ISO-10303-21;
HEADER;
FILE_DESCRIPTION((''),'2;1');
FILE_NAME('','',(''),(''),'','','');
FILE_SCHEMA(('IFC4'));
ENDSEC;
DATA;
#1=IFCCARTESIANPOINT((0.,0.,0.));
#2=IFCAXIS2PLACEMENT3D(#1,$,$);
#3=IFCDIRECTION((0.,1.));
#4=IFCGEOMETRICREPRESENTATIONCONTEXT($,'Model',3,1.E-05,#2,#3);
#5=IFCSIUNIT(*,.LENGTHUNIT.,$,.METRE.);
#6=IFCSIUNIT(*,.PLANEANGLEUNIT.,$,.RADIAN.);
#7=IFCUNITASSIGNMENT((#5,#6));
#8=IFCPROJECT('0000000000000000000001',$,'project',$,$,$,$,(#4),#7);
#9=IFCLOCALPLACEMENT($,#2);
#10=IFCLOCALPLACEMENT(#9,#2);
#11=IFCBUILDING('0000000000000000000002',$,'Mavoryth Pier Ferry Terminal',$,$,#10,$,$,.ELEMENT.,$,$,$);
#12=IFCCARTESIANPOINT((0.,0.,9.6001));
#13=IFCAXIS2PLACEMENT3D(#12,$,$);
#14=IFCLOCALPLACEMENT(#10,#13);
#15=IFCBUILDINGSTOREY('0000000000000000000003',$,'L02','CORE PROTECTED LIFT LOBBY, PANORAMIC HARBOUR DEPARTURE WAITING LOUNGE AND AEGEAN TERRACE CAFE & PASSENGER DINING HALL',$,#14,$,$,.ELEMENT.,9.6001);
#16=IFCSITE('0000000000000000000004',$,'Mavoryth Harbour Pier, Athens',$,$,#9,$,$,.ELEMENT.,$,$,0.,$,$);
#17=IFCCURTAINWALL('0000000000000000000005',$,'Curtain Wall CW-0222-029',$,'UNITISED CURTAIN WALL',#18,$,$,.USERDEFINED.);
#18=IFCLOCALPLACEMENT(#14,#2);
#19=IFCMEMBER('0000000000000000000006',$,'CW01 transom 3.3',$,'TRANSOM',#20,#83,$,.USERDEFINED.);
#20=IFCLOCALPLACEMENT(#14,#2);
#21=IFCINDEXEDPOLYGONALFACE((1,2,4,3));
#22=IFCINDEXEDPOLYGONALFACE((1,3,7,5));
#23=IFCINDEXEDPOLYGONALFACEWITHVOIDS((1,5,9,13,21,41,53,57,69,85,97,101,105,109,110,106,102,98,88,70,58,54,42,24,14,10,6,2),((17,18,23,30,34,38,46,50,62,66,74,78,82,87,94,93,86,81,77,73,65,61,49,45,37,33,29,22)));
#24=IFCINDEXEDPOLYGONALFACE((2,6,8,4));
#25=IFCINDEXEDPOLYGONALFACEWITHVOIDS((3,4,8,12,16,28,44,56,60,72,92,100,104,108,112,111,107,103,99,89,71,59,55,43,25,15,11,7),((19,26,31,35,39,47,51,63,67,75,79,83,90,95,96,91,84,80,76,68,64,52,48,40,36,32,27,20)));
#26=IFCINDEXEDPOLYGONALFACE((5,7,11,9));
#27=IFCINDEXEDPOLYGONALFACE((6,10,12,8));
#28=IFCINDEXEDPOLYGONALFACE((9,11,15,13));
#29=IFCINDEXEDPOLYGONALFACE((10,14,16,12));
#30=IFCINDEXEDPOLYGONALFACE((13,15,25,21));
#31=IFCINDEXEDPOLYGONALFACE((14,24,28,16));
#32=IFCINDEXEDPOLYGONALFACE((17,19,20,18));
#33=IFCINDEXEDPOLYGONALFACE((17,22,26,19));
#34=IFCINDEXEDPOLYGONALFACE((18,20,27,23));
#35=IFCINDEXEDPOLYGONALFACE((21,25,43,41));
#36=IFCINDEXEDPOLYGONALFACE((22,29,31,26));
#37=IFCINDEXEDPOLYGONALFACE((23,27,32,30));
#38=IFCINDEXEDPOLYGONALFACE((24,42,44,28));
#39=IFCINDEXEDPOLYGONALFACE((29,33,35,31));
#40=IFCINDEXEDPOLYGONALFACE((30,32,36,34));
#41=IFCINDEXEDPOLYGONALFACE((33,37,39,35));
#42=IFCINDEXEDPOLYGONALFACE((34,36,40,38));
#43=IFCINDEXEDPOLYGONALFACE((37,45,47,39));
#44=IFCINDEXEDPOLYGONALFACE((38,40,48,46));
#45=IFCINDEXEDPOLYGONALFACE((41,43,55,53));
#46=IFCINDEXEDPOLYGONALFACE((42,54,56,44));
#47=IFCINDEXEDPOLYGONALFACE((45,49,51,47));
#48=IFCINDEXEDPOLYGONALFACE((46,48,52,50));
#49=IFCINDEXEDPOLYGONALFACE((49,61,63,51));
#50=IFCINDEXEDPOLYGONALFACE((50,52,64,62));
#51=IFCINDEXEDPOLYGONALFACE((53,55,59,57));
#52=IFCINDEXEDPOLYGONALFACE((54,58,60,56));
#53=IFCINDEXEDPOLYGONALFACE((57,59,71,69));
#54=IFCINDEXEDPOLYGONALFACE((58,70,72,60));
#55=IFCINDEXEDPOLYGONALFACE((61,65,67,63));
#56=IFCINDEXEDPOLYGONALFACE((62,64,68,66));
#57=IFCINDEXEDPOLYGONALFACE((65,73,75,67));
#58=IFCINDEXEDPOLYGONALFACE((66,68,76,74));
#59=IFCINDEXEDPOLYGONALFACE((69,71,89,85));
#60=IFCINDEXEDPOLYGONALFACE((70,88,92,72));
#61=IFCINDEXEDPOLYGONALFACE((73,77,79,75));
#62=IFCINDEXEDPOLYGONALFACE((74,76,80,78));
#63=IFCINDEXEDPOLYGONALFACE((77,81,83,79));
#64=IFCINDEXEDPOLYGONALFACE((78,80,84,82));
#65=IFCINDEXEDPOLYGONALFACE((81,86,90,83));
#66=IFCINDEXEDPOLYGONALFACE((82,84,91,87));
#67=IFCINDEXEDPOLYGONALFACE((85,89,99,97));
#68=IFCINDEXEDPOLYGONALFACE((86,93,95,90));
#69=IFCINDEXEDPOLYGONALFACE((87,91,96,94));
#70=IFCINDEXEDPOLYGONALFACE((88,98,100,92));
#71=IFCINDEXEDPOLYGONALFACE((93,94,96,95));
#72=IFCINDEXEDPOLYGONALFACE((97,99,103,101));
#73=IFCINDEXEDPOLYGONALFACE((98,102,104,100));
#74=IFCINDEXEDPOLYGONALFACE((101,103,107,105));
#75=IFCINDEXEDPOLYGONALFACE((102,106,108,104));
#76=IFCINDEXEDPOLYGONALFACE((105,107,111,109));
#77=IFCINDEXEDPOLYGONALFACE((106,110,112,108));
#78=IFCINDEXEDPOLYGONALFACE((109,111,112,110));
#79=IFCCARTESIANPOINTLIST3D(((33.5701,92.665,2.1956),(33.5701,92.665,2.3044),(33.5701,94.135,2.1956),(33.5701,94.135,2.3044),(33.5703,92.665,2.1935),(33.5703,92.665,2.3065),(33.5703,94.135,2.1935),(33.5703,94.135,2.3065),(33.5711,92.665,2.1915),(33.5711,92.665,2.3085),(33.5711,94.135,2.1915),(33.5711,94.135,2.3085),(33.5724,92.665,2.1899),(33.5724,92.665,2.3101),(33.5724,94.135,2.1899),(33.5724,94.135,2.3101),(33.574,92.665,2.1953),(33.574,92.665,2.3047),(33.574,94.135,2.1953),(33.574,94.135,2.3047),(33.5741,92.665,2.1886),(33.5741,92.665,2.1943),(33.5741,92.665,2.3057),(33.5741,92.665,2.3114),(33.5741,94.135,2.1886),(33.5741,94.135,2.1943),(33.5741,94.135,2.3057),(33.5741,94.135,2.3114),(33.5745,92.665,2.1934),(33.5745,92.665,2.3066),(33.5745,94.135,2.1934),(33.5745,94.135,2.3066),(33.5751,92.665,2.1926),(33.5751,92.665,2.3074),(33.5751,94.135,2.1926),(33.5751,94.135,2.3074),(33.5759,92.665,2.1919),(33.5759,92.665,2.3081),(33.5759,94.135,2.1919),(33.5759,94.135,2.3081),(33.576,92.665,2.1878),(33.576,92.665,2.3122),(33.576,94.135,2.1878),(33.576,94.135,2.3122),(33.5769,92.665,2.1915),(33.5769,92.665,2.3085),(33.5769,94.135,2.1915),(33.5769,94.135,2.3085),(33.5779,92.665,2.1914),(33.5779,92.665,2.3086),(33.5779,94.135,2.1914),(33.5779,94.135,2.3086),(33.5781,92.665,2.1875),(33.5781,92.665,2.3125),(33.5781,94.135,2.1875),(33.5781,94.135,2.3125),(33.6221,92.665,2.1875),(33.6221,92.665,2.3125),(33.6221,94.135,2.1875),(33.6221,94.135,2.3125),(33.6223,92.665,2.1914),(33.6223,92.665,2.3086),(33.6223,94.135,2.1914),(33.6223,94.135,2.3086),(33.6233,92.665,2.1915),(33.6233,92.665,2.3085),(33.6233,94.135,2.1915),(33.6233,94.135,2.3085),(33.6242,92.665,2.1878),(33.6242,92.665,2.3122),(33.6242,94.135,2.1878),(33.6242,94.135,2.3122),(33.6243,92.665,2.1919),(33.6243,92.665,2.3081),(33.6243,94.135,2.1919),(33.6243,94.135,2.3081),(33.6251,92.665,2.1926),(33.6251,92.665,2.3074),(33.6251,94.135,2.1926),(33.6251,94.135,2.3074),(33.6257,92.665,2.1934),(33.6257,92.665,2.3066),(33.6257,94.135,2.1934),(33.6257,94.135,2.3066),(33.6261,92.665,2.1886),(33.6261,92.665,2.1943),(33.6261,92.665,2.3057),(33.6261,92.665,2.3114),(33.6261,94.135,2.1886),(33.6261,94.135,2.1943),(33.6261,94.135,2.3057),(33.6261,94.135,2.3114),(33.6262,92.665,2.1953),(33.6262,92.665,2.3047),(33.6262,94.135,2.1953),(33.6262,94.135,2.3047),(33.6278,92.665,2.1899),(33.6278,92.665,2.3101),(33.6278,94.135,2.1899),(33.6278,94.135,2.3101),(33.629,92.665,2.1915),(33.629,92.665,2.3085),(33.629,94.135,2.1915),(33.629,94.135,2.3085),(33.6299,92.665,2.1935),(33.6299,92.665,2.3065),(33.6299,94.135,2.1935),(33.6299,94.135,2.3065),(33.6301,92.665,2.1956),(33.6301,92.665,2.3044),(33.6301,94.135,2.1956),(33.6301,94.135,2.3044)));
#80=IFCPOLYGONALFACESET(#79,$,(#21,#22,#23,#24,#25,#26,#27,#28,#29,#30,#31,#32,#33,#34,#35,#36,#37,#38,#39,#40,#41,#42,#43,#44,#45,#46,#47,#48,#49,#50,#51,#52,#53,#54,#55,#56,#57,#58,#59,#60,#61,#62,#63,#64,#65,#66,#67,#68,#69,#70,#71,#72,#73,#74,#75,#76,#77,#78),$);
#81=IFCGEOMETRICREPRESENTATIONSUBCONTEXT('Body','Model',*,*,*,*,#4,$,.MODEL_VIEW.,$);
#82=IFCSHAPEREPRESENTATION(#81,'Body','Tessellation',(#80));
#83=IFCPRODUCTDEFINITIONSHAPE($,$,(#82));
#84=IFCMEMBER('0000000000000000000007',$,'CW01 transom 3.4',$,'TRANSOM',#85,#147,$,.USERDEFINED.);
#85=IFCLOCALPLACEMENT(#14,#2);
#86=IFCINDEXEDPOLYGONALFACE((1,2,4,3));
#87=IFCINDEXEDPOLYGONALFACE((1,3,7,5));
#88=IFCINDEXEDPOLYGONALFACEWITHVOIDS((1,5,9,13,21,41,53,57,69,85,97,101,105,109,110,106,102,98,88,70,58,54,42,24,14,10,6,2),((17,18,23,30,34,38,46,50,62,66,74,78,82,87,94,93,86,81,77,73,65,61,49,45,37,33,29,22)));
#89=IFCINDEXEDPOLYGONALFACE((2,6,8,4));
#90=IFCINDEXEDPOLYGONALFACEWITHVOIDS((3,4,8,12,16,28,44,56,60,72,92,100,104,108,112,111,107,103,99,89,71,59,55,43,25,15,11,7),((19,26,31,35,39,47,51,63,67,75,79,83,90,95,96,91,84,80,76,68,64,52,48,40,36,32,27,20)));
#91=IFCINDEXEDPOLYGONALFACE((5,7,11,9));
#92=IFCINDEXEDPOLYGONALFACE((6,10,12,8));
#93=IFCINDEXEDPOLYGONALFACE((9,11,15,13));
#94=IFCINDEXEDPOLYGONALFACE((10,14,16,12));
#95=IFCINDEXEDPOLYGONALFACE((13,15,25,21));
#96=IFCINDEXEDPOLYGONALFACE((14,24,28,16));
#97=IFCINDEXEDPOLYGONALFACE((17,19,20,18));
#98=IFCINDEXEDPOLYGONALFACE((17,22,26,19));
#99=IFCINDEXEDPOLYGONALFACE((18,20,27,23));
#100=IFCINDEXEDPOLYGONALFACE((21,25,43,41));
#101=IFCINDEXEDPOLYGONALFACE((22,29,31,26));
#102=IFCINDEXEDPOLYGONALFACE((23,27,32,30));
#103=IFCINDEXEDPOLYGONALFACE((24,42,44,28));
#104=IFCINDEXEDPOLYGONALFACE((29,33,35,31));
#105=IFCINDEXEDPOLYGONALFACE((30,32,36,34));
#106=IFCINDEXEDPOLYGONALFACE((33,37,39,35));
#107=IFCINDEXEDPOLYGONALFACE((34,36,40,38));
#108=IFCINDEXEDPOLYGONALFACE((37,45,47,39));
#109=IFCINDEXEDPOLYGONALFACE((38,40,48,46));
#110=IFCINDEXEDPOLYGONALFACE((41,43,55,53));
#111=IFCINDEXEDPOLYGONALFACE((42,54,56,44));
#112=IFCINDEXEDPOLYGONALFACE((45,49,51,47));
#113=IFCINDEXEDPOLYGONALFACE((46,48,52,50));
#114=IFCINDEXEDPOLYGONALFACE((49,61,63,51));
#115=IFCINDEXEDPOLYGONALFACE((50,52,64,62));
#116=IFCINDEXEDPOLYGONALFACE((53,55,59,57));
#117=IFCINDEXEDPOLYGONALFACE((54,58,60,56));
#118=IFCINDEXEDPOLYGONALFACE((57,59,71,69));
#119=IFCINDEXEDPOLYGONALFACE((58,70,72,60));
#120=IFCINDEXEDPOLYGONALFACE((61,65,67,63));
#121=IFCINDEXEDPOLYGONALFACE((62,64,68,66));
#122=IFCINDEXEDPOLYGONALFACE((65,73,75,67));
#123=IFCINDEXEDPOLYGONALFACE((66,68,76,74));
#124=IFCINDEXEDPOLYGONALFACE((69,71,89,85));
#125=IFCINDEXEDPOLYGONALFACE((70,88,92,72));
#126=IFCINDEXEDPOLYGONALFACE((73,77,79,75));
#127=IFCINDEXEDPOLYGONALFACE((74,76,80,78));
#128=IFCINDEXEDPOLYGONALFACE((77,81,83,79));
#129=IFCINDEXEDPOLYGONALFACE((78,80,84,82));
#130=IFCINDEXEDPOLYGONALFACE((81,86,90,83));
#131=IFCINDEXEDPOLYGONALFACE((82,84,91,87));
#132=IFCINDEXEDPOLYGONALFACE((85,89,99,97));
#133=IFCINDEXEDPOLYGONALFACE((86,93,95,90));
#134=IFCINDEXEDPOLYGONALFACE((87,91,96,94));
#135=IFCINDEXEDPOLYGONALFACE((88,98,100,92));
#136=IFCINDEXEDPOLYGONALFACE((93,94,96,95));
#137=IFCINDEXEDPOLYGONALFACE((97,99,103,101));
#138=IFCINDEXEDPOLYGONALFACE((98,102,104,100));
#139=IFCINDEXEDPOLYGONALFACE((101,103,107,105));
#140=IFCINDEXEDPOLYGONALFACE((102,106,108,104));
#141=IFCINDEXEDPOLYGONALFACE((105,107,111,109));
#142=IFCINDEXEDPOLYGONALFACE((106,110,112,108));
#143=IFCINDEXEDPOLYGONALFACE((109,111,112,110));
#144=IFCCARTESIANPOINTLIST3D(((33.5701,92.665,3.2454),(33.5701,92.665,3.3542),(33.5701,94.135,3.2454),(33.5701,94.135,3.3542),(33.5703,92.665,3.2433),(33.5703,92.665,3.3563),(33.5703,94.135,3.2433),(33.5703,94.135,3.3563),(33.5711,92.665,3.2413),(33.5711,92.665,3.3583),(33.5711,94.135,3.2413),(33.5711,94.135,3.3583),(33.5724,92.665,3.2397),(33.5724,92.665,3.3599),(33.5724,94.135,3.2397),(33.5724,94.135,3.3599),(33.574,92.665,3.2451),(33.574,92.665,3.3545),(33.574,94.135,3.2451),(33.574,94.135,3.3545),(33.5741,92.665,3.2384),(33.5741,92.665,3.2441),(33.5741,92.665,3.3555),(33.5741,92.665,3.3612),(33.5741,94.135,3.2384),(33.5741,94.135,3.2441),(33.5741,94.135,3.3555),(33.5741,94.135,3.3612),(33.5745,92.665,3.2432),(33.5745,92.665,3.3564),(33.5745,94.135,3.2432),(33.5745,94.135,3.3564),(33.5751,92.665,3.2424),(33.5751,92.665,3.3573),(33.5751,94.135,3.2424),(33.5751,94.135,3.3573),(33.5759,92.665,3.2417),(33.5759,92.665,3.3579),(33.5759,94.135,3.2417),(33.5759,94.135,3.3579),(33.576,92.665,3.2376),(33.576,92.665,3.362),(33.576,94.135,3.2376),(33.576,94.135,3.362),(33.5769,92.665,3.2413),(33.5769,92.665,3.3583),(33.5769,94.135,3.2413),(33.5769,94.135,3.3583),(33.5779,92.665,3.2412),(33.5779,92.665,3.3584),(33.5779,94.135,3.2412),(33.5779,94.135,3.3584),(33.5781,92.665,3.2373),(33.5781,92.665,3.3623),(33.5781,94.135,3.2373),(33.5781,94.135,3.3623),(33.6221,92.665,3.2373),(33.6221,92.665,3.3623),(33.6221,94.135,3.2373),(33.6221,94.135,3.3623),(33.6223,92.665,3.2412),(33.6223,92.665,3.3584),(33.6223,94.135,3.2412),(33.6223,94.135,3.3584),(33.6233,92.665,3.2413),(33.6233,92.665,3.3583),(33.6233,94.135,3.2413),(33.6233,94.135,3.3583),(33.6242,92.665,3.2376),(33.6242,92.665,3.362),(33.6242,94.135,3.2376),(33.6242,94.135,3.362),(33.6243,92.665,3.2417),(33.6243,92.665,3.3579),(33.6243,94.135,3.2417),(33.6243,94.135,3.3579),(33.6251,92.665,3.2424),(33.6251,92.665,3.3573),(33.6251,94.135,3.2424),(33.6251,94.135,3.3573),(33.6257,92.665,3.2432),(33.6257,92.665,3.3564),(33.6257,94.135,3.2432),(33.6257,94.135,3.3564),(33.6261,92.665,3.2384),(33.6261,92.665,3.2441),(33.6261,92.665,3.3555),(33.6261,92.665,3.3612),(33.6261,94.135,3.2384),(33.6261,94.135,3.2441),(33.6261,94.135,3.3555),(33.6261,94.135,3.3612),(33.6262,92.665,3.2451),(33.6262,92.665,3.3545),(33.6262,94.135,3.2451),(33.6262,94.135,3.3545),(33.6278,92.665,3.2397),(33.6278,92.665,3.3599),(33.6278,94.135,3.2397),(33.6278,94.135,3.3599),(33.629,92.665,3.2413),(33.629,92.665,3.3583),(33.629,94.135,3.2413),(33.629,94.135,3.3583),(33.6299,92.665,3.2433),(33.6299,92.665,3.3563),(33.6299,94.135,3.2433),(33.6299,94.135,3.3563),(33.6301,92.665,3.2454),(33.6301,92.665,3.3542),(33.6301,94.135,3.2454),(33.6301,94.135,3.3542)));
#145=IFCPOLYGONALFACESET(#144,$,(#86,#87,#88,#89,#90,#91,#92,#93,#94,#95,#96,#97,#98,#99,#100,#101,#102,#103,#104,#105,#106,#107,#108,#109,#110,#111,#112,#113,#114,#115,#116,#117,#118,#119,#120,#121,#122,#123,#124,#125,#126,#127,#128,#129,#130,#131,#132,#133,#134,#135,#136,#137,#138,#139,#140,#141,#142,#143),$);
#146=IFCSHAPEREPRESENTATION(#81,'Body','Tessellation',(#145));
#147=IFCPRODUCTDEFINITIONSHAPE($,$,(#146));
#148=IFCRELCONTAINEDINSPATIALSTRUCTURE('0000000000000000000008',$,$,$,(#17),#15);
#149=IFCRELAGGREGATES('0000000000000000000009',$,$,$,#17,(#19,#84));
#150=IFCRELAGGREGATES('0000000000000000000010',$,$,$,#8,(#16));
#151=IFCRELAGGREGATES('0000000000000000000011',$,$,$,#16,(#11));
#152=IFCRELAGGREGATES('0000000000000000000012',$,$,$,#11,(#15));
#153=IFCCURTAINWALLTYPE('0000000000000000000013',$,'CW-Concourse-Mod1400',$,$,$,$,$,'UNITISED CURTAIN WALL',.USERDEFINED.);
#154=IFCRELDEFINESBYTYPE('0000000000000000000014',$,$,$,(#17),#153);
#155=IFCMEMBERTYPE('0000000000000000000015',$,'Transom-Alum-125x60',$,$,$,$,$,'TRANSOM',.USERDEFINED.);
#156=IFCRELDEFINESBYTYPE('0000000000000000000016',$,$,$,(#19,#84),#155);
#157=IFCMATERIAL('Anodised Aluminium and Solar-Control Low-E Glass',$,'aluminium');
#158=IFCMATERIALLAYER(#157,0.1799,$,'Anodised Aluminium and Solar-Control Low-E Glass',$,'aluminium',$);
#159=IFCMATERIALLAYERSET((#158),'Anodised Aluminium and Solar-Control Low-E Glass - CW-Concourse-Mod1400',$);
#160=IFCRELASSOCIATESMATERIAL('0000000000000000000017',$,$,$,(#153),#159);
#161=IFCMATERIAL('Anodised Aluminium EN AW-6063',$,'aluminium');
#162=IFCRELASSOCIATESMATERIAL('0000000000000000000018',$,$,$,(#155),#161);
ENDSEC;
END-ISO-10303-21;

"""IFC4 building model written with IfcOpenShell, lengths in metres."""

from ifc_helpers import new_model, si_unit, direction, frame, origin, origin_2d, place, context, subcontext, project, spatial, hollow_rectangle, extrude, material, layer, layer_set, material_profile, profile_set, type_object, element, aggregate, save


model = new_model("IFC4")

# Units and contexts
model_context = context("Model", 3, precision=1e-05, world=origin(), true_north=direction((0.0, 1.0)))
body_context = subcontext(model_context, "Body", "Model", "MODEL_VIEW")
ifc_project = project(units=[si_unit("LENGTHUNIT", "METRE"), si_unit("PLANEANGLEUNIT", "RADIAN")], contexts=[model_context])

# Site, building, storey
site_placement = place(None, origin())
site = spatial("IfcSite", under=ifc_project, at=site_placement, Name="Mavoryth Harbour Pier, Athens", CompositionType="ELEMENT", RefElevation=0.0)
building_placement = place(site_placement, origin())
building = spatial("IfcBuilding", under=site, at=building_placement, Name="Mavoryth Pier Ferry Terminal", CompositionType="ELEMENT")
storey_placement = place(building_placement, frame((0.0, 0.0, 9.6001)))
storey = spatial("IfcBuildingStorey", under=building, at=storey_placement, Name="L02", Description="CORE PROTECTED LIFT LOBBY, PANORAMIC HARBOUR DEPARTURE WAITING LOUNGE AND AEGEAN TERRACE CAFE & PASSENGER DINING HALL", CompositionType="ELEMENT", Elevation=9.6001)

# Curtain wall
ifc_material_1 = material(Name="Anodised Aluminium and Solar-Control Low-E Glass", Category="aluminium")
ifc_layer_1 = layer(ifc_material_1, 0.1799, Name="Anodised Aluminium and Solar-Control Low-E Glass", Category="aluminium")
ifc_layer_set_1 = layer_set([ifc_layer_1], Name="Anodised Aluminium and Solar-Control Low-E Glass - CW-Concourse-Mod1400")
curtain_wall_type = type_object("IfcCurtainWallType", Name="CW-Concourse-Mod1400", ElementType="UNITISED CURTAIN WALL", PredefinedType="USERDEFINED", material=ifc_layer_set_1)
curtain_wall_placement = place(storey_placement, origin())
curtain_wall = element("IfcCurtainWall", 1, at=curtain_wall_placement, inside=storey, type_object=curtain_wall_type, Name="Curtain Wall CW-0222-029", ObjectType="UNITISED CURTAIN WALL", PredefinedType="USERDEFINED")
ifc_material_2 = material(Name="Anodised Aluminium EN AW-6063", Category="aluminium")

# Members
ifc_material_profile_1 = material_profile(ifc_material_2, hollow_rectangle(XDim=0.0601, YDim=0.125, WallThickness=0.0039, InnerFilletRadius=0.0039, OuterFilletRadius=0.0081, at=origin_2d()), Name="AL-TRAN 125x60x4", Category="aluminium")
ifc_profile_set_1 = profile_set([ifc_material_profile_1], Name="Anodised Aluminium EN AW-6063 - AL-TRAN 125x60x4")
member_type_1 = type_object("IfcMemberType", Name="Transom-Alum-125x60", ElementType="TRANSOM", PredefinedType="USERDEFINED", material=ifc_profile_set_1)
member_1_placement = place(storey_placement, frame((33.6001, 92.665, 2.25), z_axis=(0.0, 1.0, 0.0), x_axis=(-1.0, 0.0, 0.0)))
member_1 = element("IfcMember", 2, at=member_1_placement, type_object=member_type_1, Name="CW01 transom 3.3", ObjectType="TRANSOM", PredefinedType="USERDEFINED", context=body_context, shape_type="SweptSolid", body=[
    extrude(hollow_rectangle(XDim=0.0601, YDim=0.125, WallThickness=0.0039, InnerFilletRadius=0.0039, OuterFilletRadius=0.0081, at=origin_2d()), origin(), (0.0, 0.0, 1.0), 1.47),
])
member_2_placement = place(storey_placement, frame((33.6001, 92.665, 3.2998), z_axis=(0.0, 1.0, 0.0), x_axis=(-1.0, 0.0, 0.0)))
member_2 = element("IfcMember", 3, at=member_2_placement, type_object=member_type_1, Name="CW01 transom 3.4", ObjectType="TRANSOM", PredefinedType="USERDEFINED", context=body_context, shape_type="SweptSolid", body=[
    extrude(hollow_rectangle(XDim=0.0601, YDim=0.125, WallThickness=0.0039, InnerFilletRadius=0.0039, OuterFilletRadius=0.0081, at=origin_2d()), origin(), (0.0, 0.0, 1.0), 1.47),
])

aggregate(curtain_wall, [member_1, member_2])

save(model, "model.ifc")
